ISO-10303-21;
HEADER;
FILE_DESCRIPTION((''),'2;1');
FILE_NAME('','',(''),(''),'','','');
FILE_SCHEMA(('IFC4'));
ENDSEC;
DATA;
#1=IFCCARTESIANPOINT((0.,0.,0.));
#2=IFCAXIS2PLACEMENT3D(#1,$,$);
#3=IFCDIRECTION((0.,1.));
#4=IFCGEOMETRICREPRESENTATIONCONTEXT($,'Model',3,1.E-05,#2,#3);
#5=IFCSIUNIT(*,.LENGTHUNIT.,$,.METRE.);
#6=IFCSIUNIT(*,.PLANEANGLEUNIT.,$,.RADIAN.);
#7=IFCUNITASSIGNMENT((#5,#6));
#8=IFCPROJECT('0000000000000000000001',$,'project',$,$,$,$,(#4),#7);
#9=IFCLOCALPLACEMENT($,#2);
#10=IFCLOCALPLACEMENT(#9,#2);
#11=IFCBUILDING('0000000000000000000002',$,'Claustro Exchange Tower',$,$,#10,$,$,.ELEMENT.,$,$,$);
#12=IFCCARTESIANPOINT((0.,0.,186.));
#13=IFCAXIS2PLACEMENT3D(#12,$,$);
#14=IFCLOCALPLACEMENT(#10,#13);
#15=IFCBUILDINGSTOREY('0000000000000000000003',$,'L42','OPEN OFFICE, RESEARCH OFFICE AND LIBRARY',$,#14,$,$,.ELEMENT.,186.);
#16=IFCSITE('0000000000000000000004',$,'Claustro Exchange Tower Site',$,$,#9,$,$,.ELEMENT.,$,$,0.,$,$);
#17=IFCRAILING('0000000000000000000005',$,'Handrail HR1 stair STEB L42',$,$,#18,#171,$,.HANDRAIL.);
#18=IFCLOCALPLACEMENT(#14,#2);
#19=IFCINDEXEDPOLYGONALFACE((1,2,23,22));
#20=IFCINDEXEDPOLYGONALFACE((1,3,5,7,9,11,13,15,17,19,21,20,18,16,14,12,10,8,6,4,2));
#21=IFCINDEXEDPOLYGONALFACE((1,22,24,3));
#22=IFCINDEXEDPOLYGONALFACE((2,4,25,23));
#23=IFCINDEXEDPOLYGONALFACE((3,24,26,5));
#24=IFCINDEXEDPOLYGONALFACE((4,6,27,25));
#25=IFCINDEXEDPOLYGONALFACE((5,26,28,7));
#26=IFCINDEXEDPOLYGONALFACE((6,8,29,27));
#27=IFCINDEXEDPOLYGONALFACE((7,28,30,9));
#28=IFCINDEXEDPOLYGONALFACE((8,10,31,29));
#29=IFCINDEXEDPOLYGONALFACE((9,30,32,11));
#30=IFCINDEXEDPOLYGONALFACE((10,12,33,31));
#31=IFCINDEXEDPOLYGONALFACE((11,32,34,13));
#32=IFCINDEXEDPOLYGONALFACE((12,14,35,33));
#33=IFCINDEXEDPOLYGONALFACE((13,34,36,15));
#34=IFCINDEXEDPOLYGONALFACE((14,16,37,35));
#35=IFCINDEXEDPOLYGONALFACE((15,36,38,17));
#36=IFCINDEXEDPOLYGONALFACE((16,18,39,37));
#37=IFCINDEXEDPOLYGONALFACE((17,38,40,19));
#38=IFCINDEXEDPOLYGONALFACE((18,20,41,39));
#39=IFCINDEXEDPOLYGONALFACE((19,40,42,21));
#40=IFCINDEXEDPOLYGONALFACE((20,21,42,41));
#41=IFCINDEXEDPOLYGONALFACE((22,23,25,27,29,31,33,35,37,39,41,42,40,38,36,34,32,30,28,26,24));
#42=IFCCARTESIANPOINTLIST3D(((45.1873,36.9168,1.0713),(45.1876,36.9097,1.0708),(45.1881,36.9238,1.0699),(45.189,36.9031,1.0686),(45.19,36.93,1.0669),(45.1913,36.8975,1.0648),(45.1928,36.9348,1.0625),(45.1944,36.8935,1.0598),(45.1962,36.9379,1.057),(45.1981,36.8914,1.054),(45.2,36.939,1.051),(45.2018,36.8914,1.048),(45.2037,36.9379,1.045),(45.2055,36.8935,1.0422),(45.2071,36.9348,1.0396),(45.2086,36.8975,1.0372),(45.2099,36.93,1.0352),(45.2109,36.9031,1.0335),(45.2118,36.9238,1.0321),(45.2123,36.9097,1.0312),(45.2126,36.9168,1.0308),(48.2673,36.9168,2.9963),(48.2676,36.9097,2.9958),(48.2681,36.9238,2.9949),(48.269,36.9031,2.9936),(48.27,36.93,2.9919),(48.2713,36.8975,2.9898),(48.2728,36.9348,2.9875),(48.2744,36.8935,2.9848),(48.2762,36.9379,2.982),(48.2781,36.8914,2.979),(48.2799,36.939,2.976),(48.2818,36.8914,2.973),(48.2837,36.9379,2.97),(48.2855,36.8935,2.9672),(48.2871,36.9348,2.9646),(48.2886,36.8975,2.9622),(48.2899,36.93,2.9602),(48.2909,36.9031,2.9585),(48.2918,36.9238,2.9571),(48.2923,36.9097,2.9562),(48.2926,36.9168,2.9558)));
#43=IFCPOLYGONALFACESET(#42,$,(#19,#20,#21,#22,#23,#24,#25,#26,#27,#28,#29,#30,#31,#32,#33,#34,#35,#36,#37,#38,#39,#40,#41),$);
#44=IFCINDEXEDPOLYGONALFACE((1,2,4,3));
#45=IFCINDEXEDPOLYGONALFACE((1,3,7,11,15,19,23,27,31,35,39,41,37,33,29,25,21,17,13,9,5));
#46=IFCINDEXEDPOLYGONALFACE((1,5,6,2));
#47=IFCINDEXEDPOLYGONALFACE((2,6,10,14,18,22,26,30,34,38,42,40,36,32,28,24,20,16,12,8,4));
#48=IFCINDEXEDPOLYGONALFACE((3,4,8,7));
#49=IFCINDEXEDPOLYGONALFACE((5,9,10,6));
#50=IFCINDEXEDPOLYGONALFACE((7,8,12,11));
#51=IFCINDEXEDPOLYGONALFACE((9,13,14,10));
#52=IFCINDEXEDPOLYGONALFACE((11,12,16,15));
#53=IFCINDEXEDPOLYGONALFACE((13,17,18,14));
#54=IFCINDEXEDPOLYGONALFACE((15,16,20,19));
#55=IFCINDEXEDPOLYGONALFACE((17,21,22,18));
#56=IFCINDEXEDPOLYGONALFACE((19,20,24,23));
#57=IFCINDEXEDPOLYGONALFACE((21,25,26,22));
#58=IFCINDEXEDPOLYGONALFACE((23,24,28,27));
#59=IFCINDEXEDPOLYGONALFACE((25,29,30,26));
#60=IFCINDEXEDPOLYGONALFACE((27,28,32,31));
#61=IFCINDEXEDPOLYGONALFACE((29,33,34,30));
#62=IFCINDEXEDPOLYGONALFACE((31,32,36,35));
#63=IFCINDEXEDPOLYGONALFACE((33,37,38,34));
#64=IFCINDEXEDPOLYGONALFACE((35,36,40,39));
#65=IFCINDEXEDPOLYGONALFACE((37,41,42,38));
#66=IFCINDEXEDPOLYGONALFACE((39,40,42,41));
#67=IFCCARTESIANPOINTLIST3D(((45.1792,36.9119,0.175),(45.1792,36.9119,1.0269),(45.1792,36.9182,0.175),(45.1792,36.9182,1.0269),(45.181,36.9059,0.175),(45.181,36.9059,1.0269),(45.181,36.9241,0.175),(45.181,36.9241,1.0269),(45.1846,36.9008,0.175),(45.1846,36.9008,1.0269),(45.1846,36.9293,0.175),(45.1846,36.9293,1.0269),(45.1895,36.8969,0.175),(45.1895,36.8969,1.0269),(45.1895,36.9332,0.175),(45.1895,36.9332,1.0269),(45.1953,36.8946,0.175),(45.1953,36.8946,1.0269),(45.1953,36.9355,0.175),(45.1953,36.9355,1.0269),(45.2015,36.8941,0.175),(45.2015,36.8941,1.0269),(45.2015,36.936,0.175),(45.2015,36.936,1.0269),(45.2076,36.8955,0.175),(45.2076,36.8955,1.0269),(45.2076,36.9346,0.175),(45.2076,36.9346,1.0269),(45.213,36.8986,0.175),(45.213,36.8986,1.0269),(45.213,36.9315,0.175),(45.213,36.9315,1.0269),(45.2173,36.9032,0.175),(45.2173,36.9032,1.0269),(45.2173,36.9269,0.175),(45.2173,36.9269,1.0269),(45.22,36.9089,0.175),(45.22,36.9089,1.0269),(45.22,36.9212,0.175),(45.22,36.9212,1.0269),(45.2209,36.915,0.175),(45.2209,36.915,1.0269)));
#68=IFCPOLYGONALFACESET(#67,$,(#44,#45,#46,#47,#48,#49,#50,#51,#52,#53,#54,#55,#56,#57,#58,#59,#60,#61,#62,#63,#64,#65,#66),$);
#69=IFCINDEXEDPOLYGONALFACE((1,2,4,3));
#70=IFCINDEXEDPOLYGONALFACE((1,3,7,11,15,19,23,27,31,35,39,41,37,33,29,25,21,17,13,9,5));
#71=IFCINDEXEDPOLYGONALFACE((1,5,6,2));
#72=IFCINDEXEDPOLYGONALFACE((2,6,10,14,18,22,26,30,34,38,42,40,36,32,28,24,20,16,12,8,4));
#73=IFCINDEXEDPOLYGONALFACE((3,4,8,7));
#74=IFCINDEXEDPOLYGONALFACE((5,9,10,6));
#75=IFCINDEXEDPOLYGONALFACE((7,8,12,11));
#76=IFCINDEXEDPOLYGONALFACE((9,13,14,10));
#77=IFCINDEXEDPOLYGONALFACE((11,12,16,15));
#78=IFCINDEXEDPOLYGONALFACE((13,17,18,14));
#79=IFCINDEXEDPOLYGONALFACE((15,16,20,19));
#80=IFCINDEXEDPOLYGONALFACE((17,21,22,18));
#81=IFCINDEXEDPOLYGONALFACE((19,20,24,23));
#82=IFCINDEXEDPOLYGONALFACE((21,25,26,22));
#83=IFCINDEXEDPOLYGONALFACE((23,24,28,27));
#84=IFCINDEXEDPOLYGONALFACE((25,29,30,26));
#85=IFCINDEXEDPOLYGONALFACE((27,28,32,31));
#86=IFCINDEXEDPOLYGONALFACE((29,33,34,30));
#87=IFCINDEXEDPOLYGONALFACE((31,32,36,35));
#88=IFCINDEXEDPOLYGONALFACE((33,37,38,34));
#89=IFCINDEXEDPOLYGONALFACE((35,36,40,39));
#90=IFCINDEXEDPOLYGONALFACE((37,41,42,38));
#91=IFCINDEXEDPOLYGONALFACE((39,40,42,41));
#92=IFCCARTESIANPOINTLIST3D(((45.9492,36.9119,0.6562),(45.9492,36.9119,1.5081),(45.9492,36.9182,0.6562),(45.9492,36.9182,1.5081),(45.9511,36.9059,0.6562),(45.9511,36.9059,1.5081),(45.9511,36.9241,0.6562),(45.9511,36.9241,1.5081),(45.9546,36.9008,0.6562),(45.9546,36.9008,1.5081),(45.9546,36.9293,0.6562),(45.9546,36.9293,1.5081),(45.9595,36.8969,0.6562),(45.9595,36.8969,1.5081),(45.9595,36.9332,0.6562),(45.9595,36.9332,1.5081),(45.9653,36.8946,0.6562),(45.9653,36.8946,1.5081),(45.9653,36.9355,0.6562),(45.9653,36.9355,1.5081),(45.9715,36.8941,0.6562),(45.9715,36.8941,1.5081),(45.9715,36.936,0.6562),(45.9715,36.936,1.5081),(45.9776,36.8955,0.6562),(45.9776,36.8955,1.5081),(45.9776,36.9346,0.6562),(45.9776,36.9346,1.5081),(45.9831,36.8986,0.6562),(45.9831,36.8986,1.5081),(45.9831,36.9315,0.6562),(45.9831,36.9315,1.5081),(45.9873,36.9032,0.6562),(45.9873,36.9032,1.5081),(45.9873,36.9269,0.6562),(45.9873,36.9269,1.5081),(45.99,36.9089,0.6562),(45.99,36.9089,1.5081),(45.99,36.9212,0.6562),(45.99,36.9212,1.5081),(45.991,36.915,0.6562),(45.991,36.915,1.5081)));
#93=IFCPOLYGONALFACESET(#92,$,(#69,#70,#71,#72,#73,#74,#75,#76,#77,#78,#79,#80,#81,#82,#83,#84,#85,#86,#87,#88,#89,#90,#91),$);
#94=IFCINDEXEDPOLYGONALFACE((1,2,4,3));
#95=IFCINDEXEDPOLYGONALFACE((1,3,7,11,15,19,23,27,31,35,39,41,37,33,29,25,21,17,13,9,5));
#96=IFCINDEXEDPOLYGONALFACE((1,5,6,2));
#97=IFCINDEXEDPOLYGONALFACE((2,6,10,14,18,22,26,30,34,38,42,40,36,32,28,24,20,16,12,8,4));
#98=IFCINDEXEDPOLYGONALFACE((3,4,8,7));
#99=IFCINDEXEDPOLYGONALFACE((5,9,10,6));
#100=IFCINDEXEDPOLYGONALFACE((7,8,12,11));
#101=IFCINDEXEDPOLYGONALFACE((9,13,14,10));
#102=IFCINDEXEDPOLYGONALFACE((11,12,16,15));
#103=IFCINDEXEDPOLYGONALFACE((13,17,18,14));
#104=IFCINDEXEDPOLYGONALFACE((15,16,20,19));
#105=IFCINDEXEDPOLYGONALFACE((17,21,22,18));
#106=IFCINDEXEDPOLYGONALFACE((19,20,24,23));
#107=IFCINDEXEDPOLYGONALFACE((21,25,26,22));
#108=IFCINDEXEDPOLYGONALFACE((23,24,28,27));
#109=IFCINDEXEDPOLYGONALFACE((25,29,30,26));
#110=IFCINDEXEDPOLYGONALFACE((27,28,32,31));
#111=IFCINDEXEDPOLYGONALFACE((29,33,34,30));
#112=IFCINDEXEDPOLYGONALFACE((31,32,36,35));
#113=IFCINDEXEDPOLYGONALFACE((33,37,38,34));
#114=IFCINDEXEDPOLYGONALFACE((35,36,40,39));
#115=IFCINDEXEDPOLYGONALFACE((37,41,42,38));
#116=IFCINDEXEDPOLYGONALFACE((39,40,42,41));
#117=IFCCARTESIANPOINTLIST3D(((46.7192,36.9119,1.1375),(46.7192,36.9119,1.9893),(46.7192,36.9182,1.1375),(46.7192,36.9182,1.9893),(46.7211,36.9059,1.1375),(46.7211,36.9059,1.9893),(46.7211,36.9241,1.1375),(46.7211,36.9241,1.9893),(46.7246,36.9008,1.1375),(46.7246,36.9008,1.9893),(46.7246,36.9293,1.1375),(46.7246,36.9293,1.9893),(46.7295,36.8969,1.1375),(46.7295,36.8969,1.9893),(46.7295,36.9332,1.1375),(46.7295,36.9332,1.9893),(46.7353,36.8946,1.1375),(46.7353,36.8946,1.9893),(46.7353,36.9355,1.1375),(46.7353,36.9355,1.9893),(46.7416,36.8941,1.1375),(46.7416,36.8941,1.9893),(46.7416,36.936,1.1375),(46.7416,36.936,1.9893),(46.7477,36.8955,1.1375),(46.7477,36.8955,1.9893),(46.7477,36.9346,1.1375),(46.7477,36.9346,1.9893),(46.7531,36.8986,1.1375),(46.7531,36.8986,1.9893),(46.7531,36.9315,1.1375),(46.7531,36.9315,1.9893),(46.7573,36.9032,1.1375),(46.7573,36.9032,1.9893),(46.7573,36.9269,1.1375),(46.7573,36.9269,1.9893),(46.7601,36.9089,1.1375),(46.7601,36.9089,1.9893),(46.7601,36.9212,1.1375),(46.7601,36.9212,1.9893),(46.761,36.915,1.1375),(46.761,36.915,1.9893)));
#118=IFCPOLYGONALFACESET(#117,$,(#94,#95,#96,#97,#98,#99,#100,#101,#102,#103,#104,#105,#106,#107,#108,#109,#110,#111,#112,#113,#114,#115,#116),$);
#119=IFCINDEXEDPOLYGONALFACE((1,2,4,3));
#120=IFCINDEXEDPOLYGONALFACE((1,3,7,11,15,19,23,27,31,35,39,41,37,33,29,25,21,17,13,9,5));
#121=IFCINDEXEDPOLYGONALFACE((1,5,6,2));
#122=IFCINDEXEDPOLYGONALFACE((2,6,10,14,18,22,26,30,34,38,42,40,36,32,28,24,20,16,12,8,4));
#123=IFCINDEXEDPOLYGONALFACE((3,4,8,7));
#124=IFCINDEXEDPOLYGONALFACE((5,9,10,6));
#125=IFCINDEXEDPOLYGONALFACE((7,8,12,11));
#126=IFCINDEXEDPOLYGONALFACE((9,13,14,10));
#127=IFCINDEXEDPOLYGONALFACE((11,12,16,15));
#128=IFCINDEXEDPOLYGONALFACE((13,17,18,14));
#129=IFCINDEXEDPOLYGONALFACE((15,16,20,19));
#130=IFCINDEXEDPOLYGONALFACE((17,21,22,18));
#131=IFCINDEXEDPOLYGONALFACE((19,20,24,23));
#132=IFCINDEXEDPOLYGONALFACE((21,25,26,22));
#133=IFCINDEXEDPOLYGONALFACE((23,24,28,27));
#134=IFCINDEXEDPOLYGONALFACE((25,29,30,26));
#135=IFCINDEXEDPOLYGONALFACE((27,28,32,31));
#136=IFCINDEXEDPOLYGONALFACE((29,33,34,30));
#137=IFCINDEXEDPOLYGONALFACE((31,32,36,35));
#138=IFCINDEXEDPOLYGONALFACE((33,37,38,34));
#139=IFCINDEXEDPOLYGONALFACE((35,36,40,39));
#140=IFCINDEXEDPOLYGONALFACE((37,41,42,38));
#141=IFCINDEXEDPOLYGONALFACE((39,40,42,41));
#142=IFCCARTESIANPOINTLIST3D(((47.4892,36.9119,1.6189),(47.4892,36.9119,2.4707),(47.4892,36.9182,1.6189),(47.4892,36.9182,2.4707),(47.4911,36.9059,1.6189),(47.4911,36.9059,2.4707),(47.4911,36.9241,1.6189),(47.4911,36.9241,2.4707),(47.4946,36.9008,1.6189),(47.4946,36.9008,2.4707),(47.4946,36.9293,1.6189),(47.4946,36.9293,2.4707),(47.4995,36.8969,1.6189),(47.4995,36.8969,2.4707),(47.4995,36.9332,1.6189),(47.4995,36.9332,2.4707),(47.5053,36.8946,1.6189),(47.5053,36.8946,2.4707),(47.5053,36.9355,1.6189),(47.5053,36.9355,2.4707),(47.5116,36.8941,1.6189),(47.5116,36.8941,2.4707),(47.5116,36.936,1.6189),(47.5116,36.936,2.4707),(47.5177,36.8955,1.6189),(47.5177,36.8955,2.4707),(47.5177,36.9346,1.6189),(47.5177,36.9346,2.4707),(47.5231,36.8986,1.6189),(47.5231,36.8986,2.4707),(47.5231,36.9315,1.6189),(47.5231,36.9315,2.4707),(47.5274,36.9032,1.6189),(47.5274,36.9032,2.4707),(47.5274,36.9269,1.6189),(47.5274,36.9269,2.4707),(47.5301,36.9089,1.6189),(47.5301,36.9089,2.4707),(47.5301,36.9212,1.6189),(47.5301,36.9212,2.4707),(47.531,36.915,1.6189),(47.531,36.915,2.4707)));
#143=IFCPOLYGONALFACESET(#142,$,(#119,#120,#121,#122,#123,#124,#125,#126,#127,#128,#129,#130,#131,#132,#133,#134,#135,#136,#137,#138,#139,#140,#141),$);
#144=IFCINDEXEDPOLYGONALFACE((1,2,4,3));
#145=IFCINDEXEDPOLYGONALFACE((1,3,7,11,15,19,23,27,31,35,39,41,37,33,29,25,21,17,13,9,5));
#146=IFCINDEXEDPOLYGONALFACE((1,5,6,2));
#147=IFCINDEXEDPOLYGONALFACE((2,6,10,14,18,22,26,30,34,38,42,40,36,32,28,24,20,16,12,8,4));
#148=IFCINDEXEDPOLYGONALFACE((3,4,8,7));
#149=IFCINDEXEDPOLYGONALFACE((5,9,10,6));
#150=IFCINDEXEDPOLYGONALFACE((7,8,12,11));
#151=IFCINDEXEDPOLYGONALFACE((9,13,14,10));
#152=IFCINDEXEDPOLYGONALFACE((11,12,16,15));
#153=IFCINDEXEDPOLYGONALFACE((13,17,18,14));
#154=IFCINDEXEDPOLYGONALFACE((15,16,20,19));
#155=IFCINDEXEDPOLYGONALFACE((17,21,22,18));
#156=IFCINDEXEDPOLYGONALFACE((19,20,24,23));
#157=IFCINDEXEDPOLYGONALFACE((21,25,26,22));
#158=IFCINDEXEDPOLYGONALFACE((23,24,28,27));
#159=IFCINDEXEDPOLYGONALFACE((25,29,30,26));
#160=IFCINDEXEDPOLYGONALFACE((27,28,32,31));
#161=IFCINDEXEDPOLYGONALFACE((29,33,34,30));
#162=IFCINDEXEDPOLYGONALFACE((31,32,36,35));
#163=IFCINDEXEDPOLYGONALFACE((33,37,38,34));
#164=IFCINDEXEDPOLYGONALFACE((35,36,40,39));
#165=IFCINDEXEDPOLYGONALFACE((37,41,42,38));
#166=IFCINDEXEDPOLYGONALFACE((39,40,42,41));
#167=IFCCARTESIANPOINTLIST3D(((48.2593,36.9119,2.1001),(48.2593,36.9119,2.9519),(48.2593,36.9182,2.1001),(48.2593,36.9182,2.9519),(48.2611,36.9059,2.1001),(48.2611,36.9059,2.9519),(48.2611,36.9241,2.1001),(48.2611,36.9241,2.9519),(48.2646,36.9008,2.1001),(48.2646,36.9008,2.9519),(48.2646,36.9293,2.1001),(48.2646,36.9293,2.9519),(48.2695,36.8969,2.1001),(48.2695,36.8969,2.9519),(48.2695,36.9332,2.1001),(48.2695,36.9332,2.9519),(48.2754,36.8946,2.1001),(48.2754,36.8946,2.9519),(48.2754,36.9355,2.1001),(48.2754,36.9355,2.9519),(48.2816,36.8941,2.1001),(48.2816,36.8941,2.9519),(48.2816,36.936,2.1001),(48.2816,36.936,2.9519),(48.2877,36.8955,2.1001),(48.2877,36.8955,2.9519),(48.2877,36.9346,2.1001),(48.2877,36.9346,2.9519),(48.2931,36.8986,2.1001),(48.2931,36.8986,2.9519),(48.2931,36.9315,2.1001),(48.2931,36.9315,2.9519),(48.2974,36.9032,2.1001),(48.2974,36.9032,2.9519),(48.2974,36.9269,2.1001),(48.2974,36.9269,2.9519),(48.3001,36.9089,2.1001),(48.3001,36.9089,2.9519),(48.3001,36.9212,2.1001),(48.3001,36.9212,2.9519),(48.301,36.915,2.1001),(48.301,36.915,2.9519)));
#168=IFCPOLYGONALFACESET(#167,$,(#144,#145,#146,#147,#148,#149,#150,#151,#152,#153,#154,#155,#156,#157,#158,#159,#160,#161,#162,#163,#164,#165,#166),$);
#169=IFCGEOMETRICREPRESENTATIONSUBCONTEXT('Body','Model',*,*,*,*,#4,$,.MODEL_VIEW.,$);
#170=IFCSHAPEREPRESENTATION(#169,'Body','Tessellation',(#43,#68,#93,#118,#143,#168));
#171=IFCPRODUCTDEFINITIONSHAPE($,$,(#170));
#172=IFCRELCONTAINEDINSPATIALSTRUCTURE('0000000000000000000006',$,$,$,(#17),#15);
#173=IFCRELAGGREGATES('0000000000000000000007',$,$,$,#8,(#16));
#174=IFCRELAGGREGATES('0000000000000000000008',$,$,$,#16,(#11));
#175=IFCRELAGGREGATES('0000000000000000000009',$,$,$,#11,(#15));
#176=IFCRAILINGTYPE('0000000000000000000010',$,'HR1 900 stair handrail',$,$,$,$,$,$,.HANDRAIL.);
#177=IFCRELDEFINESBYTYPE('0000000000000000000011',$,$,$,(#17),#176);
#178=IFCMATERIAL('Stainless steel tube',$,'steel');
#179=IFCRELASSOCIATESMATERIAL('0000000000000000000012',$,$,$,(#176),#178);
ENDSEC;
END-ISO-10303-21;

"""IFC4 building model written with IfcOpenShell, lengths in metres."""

from ifc_helpers import new_model, si_unit, direction, frame, origin, origin_2d, place, context, subcontext, project, spatial, circle, extrude, material, type_object, element, save


model = new_model("IFC4")

# Units and contexts
model_context = context("Model", 3, precision=1e-05, world=origin(), true_north=direction((0.0, 1.0)))
body_context = subcontext(model_context, "Body", "Model", "MODEL_VIEW")
ifc_project = project(units=[si_unit("LENGTHUNIT", "METRE"), si_unit("PLANEANGLEUNIT", "RADIAN")], contexts=[model_context])

# Site, building, storey
site_placement = place(None, origin())
site = spatial("IfcSite", under=ifc_project, at=site_placement, Name="Claustro Exchange Tower Site", CompositionType="ELEMENT", RefElevation=0.0)
building_placement = place(site_placement, origin())
building = spatial("IfcBuilding", under=site, at=building_placement, Name="Claustro Exchange Tower", CompositionType="ELEMENT")
storey_placement = place(building_placement, frame((0.0, 0.0, 186.0)))
storey = spatial("IfcBuildingStorey", under=building, at=storey_placement, Name="L42", Description="OPEN OFFICE, RESEARCH OFFICE AND LIBRARY", CompositionType="ELEMENT", Elevation=186.0)

# Railing
ifc_material_1 = material(Name="Stainless steel tube", Category="steel")
railing_type_1 = type_object("IfcRailingType", Name="HR1 900 stair handrail", PredefinedType="HANDRAIL", material=ifc_material_1)
railing_1_placement = place(storey_placement, frame((45.2, 36.915, 0.175)))
element("IfcRailing", 1, at=railing_1_placement, inside=storey, type_object=railing_type_1, Name="Handrail HR1 stair STEB L42", PredefinedType="HANDRAIL", context=body_context, shape_type="SweptSolid", body=[
    extrude(circle(Radius=0.0239, at=origin_2d()), frame((0.0, 0.0, 0.876), z_axis=(0.847998, 0.0, 0.529999), x_axis=(0.0, 1.0, 0.0)), (0.0, 0.0, 1.0), 3.6321),
    extrude(circle(Radius=0.021, at=origin_2d()), origin(), (0.0, 0.0, 1.0), 0.8518),
    extrude(circle(Radius=0.021, at=origin_2d()), frame((0.77, 0.0, 0.4812)), (0.0, 0.0, 1.0), 0.8518),
    extrude(circle(Radius=0.021, at=origin_2d()), frame((1.54, 0.0, 0.9624)), (0.0, 0.0, 1.0), 0.8518),
    extrude(circle(Radius=0.021, at=origin_2d()), frame((2.3101, 0.0, 1.4438)), (0.0, 0.0, 1.0), 0.8518),
    extrude(circle(Radius=0.021, at=origin_2d()), frame((3.0801, 0.0, 1.925)), (0.0, 0.0, 1.0), 0.8518),
])

save(model, "model.ifc")
